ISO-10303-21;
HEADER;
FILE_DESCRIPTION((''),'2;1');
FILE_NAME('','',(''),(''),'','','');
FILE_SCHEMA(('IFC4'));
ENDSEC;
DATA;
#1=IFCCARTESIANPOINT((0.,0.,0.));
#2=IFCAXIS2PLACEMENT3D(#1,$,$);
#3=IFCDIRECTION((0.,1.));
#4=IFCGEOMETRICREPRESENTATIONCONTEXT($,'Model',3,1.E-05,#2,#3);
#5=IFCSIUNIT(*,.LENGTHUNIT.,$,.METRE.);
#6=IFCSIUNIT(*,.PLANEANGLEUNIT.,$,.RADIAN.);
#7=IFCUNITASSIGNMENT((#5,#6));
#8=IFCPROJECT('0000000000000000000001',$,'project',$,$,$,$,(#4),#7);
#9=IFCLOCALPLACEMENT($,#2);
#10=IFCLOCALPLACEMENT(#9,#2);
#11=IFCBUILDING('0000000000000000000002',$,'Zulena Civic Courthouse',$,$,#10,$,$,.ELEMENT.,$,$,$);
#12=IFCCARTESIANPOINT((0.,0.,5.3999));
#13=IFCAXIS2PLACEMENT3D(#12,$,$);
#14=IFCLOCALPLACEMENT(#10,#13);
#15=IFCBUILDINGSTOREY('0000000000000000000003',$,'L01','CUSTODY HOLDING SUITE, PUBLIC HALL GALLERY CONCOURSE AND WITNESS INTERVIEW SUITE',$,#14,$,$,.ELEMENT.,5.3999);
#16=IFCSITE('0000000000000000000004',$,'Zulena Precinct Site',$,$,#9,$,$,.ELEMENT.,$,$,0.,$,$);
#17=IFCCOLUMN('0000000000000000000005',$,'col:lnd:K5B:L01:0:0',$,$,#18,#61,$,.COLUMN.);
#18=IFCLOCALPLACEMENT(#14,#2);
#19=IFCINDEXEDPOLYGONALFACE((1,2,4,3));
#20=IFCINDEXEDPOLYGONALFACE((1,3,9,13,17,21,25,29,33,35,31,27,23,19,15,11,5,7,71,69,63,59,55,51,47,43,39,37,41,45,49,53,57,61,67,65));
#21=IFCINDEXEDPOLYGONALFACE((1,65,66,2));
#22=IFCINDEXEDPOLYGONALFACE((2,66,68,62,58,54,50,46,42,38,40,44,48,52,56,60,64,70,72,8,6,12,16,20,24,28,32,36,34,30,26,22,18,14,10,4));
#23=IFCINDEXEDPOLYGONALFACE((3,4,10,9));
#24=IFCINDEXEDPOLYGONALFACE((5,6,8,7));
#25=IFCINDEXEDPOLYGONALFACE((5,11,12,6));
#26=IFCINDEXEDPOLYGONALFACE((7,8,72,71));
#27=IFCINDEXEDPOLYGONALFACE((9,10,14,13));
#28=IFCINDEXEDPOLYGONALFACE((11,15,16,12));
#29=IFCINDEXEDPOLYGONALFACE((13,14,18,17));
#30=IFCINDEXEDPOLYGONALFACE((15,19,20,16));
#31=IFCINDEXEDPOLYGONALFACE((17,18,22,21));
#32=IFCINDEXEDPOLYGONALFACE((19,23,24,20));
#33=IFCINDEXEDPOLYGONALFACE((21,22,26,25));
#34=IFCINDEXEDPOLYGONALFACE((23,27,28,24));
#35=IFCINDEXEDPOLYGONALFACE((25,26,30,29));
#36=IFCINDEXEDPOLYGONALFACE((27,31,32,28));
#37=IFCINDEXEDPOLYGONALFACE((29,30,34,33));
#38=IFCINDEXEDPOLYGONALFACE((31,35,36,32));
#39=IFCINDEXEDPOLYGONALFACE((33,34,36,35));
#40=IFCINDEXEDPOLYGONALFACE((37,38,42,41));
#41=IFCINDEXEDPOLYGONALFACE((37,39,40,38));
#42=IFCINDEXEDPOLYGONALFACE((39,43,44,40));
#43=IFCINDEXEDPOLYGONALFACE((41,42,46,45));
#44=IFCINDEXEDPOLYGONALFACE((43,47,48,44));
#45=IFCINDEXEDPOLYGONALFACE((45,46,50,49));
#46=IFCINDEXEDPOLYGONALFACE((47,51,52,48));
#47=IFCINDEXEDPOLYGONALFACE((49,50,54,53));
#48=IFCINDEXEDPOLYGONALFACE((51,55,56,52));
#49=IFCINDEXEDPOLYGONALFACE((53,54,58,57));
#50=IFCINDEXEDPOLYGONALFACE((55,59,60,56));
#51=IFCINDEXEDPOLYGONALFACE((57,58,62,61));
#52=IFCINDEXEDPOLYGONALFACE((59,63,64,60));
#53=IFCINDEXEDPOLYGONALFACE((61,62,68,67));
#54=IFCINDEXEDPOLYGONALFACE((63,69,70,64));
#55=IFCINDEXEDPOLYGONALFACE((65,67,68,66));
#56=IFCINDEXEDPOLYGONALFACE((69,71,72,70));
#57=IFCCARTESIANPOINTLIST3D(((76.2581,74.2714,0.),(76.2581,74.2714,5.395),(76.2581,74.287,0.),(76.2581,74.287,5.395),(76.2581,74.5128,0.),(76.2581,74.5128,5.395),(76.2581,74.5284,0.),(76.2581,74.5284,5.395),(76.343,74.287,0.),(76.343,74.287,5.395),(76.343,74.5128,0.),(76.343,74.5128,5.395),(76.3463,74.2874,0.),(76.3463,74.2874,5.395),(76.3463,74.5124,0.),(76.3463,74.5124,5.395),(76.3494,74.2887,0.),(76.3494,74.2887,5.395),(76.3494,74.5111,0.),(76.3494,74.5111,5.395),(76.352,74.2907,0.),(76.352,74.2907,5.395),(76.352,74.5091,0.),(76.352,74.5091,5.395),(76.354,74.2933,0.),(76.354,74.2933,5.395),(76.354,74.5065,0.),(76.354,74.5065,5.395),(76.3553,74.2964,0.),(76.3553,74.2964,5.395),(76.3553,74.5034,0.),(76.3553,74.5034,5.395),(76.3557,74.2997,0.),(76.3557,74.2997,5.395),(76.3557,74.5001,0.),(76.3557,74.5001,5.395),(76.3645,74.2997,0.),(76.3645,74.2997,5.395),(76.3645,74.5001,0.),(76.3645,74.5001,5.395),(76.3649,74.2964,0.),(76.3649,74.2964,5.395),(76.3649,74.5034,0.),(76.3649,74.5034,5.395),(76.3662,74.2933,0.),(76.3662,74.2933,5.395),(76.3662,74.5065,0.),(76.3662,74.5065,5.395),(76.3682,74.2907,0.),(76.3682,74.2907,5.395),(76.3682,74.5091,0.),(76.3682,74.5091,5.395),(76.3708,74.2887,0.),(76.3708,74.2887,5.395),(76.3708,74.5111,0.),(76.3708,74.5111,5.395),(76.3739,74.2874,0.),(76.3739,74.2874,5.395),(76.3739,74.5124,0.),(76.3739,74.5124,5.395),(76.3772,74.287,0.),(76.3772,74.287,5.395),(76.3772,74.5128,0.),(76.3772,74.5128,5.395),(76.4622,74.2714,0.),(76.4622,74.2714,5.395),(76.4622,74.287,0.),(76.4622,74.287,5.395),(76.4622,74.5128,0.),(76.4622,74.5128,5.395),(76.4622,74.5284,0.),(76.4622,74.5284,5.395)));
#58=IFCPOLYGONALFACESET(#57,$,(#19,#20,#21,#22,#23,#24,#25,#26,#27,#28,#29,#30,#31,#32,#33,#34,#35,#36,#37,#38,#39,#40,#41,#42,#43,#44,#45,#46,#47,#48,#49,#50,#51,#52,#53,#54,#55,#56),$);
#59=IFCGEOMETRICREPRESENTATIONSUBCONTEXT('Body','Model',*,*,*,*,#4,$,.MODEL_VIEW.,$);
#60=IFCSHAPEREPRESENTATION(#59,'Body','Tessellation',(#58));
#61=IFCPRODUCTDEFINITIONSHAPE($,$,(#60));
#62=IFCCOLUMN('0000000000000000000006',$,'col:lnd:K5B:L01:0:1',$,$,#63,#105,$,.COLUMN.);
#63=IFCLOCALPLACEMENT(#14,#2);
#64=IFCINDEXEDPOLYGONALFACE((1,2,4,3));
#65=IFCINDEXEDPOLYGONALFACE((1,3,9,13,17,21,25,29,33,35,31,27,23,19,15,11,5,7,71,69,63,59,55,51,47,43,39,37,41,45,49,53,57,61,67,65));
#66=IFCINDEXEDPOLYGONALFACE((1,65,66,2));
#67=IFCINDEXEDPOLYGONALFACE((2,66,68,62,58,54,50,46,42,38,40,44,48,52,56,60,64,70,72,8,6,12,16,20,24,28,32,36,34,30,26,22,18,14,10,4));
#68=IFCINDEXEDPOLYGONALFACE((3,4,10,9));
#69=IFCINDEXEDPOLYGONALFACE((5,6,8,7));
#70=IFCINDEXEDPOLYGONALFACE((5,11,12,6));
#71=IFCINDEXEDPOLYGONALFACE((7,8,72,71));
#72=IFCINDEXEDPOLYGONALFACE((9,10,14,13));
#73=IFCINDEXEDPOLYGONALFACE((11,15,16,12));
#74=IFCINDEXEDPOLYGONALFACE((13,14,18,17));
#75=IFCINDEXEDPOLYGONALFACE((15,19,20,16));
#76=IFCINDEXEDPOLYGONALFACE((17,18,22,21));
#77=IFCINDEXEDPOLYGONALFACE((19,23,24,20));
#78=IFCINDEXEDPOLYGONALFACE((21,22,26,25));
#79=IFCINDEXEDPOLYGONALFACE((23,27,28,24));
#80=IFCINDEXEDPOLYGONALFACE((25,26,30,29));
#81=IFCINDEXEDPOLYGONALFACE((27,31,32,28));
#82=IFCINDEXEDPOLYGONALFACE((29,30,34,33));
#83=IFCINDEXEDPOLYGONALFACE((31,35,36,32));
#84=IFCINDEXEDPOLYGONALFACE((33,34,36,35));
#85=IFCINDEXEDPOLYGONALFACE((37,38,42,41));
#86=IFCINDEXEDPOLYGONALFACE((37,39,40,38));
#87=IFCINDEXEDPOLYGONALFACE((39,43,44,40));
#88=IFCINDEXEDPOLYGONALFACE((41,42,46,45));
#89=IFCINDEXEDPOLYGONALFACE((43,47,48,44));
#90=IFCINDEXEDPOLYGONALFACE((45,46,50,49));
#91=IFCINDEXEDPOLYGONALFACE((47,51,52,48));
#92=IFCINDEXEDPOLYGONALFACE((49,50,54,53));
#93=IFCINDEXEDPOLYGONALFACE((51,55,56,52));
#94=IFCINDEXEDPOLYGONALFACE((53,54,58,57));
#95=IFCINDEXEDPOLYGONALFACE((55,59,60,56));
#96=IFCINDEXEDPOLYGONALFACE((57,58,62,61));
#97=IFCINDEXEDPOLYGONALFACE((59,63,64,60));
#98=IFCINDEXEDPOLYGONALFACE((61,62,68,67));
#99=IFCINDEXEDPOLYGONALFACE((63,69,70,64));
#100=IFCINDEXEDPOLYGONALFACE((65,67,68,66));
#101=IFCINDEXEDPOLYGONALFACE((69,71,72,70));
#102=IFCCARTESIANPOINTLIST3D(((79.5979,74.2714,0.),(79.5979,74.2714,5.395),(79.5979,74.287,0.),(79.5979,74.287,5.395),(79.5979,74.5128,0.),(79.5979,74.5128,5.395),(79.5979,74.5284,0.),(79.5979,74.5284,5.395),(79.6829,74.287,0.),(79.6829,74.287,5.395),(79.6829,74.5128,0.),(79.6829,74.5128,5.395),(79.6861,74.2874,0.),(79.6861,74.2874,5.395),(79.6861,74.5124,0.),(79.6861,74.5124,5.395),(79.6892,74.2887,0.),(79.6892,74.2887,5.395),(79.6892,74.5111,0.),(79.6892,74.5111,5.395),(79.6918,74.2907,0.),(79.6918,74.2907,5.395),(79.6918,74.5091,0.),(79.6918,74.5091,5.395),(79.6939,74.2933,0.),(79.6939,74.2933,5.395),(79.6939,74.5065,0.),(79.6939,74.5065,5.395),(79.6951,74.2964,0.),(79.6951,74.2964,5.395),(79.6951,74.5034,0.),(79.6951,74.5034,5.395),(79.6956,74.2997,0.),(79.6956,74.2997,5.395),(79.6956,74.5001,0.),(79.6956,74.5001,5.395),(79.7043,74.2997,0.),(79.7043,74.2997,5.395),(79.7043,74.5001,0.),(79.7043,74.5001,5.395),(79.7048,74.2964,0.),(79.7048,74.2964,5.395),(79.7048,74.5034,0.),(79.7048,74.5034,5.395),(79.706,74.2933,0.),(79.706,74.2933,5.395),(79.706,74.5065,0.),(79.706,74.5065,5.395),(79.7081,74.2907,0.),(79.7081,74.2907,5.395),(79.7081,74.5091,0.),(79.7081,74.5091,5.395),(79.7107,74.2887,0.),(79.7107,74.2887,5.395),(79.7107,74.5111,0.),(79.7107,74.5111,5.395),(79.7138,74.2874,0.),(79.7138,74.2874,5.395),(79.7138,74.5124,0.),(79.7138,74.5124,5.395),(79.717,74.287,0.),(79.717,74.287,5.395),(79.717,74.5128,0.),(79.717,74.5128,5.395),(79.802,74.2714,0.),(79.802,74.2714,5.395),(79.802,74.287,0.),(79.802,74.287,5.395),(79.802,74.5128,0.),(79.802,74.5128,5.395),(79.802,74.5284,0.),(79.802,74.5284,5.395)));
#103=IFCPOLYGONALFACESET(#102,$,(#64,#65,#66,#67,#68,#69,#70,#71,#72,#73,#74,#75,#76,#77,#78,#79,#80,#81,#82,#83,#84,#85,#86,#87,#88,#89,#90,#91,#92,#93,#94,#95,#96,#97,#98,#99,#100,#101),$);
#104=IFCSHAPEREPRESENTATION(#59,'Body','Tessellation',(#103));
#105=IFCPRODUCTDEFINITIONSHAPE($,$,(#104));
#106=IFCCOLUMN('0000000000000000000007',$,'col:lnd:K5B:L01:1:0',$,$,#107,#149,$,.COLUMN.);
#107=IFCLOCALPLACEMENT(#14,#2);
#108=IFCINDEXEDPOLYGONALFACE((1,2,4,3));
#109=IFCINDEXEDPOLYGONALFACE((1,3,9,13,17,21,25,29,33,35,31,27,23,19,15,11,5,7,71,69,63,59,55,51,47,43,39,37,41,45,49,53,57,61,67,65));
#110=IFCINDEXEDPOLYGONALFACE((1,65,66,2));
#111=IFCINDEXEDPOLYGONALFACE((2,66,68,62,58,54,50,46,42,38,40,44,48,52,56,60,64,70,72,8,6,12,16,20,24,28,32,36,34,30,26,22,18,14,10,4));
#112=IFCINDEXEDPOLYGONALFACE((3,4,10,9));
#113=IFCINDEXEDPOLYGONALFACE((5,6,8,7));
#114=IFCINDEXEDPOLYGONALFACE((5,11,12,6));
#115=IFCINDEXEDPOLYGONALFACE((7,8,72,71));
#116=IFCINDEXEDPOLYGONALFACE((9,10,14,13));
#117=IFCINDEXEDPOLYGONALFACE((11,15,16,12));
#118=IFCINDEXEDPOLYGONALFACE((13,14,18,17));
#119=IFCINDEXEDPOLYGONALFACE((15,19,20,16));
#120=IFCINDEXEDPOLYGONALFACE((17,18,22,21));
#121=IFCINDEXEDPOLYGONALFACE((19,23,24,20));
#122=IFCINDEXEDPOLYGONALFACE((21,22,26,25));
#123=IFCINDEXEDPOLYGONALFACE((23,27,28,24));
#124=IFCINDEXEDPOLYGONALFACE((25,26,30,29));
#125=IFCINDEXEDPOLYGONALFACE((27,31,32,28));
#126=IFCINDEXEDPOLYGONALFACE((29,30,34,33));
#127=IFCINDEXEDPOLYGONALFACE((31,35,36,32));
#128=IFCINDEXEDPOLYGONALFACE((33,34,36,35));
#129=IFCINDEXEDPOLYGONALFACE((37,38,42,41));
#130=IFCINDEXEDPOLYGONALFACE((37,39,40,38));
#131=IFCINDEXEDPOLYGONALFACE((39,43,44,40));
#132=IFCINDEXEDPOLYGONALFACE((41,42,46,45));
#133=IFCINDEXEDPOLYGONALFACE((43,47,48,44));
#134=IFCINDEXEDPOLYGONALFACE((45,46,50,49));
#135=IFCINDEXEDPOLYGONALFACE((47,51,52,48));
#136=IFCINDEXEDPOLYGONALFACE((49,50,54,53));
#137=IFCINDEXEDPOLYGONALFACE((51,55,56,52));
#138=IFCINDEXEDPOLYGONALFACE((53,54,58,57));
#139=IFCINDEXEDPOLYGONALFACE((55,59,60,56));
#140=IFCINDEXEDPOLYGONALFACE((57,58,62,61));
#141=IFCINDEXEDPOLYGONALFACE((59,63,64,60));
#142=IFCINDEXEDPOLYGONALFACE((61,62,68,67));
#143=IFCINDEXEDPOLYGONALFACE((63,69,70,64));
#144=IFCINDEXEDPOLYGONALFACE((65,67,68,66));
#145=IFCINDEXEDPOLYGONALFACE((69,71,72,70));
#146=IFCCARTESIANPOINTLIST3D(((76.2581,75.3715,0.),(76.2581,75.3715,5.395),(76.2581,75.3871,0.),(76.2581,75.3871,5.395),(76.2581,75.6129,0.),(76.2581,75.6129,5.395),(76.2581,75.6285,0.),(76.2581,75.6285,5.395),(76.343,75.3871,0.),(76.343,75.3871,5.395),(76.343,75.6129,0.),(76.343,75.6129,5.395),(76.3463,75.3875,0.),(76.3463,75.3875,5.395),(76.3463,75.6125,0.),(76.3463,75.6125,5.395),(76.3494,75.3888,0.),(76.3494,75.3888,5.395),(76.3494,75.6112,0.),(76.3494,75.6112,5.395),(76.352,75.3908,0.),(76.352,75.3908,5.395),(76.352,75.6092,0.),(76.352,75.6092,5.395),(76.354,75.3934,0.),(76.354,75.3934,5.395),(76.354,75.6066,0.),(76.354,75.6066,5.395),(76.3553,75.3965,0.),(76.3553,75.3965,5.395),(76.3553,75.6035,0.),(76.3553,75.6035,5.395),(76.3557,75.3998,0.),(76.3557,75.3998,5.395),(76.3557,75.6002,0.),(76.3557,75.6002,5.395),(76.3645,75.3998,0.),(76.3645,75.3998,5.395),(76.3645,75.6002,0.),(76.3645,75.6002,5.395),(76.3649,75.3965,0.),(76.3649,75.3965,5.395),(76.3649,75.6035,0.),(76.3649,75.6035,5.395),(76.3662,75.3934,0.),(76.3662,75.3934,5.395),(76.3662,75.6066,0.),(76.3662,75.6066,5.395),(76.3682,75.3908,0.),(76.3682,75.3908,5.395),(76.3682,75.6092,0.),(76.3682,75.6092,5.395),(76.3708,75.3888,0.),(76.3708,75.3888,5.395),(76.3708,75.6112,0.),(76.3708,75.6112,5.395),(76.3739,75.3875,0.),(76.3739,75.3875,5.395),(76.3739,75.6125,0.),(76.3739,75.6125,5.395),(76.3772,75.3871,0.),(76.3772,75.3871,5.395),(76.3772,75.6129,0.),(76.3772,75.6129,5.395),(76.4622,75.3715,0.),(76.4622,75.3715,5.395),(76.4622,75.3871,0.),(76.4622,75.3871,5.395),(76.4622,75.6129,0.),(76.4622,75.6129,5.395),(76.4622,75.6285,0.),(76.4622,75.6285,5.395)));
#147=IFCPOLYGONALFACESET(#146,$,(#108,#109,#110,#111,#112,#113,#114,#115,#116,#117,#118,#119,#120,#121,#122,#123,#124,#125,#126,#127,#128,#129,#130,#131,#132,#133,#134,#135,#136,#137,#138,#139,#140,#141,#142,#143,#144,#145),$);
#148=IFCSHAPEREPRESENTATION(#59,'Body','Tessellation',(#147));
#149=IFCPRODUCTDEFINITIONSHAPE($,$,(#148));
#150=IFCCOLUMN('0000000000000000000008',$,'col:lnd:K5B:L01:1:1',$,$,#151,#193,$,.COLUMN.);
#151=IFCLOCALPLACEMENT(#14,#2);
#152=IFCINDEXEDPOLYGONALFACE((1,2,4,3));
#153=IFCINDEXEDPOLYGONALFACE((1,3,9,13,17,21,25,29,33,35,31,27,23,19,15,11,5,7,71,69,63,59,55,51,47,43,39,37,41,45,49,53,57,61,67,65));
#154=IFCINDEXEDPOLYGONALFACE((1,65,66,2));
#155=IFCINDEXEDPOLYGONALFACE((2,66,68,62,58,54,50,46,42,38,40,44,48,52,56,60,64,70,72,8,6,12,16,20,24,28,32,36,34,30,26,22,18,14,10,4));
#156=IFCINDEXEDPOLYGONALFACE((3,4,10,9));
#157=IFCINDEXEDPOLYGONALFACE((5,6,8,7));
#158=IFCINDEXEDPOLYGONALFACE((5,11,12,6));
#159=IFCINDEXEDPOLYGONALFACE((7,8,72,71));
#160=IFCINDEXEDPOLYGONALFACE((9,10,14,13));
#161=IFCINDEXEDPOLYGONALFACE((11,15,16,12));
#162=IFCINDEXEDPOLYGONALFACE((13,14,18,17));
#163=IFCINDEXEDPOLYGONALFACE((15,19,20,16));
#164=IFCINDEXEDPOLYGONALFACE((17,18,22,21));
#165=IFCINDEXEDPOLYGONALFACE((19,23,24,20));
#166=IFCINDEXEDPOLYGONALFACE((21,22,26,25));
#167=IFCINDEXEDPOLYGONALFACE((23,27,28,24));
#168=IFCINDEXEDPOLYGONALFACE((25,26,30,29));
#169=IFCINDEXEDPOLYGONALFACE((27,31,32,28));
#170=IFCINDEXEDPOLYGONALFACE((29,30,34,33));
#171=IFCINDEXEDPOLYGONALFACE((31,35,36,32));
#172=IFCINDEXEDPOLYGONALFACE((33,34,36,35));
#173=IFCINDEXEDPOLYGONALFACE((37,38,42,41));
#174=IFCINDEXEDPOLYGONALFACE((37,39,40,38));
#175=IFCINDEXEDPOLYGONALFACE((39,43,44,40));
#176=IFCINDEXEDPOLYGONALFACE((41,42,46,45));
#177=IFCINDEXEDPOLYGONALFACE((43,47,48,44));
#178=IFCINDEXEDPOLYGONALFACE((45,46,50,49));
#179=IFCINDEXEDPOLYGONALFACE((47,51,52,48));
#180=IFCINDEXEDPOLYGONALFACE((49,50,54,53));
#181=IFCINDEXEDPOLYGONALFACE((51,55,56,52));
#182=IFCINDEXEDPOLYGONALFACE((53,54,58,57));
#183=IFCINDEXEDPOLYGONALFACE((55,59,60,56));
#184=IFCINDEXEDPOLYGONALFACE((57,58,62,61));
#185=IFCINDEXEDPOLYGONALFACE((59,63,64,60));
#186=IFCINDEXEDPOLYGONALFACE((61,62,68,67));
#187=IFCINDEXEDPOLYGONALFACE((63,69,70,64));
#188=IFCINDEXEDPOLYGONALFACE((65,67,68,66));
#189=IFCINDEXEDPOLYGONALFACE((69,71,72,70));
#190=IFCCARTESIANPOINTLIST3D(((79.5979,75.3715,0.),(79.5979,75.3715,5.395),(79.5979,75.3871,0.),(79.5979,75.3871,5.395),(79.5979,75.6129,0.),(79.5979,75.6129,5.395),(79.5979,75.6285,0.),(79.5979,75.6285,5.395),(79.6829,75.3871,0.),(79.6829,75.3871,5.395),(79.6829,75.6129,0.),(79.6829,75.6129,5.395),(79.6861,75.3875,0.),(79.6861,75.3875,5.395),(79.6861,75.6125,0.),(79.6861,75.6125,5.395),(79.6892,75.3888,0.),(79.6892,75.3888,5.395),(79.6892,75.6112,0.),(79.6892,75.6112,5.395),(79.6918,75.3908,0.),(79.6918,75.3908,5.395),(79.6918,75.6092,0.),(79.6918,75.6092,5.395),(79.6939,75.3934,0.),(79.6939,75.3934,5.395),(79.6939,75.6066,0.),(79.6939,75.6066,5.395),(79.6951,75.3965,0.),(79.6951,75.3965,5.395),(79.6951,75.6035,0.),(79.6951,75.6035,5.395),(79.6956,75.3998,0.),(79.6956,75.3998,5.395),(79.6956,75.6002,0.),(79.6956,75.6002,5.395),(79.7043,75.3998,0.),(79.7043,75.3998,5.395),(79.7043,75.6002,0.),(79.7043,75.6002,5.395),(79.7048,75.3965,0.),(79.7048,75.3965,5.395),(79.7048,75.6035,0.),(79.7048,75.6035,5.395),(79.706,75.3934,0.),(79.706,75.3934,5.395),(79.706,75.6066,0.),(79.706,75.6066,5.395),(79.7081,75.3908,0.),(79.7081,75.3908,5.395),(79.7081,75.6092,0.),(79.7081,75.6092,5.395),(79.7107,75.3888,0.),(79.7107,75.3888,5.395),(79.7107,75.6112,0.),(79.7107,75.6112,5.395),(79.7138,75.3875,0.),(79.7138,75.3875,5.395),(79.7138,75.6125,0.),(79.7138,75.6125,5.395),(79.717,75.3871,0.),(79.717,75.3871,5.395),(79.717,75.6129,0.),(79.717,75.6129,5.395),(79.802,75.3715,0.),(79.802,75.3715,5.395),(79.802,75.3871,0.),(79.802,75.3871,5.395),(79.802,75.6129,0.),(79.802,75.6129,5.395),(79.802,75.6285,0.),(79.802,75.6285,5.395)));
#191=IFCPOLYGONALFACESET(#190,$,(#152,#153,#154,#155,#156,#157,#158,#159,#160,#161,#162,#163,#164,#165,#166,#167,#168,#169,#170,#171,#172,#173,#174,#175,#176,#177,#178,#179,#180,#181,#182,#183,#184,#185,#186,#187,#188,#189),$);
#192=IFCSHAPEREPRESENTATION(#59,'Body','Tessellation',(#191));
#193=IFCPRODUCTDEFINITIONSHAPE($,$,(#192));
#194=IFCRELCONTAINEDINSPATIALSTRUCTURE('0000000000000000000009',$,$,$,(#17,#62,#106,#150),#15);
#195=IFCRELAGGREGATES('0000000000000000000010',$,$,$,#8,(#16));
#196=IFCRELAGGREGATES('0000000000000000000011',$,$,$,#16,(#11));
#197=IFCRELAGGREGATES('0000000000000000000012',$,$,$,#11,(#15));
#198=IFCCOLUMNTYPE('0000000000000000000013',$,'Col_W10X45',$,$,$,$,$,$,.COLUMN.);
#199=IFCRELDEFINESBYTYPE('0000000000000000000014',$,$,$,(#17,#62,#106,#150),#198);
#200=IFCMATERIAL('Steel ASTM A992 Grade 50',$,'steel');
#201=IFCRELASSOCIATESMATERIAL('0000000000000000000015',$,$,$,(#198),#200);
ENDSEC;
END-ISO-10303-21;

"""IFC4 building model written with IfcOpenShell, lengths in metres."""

from ifc_helpers import new_model, si_unit, direction, frame, origin, origin_2d, place, context, subcontext, project, spatial, i_section, extrude, material, material_profile, profile_set, type_object, element, save


model = new_model("IFC4")

# Units and contexts
model_context = context("Model", 3, precision=1e-05, world=origin(), true_north=direction((0.0, 1.0)))
body_context = subcontext(model_context, "Body", "Model", "MODEL_VIEW")
ifc_project = project(units=[si_unit("LENGTHUNIT", "METRE"), si_unit("PLANEANGLEUNIT", "RADIAN")], contexts=[model_context])

# Site, building, storey
site_placement = place(None, origin())
site = spatial("IfcSite", under=ifc_project, at=site_placement, Name="Zulena Precinct Site", CompositionType="ELEMENT", RefElevation=0.0)
building_placement = place(site_placement, origin())
building = spatial("IfcBuilding", under=site, at=building_placement, Name="Zulena Civic Courthouse", CompositionType="ELEMENT")
storey_placement = place(building_placement, frame((0.0, 0.0, 5.3999)))
storey = spatial("IfcBuildingStorey", under=building, at=storey_placement, Name="L01", Description="CUSTODY HOLDING SUITE, PUBLIC HALL GALLERY CONCOURSE AND WITNESS INTERVIEW SUITE", CompositionType="ELEMENT", Elevation=5.3999)

# Columns
ifc_material_1 = material(Name="Steel ASTM A992 Grade 50", Category="steel")
ifc_material_profile_1 = material_profile(ifc_material_1, i_section(OverallWidth=0.2041, OverallDepth=0.2571, WebThickness=0.0088, FlangeThickness=0.0156, FilletRadius=0.0127, at=origin_2d()), Name="W10X45")
ifc_profile_set_1 = profile_set([ifc_material_profile_1], Name="Steel ASTM A992 Grade 50")
column_type_1 = type_object("IfcColumnType", Name="Col_W10X45", PredefinedType="COLUMN", material=ifc_profile_set_1)
for number, where, z_axis, x_axis, name in (
    (1, (76.3601, 74.3999, 0.0), (0.0, 0.0, 1.0), (1.0, 0.0, 0.0), "col:lnd:K5B:L01:0:0"),
    (2, (79.7, 74.3999, 0.0), (0.0, 0.0, 1.0), (1.0, 0.0, 0.0), "col:lnd:K5B:L01:0:1"),
    (3, (76.3601, 75.5, 0.0), (0.0, 0.0, 1.0), (1.0, 0.0, 0.0), "col:lnd:K5B:L01:1:0"),
    (4, (79.7, 75.5, 0.0), (0.0, 0.0, 1.0), (1.0, 0.0, 0.0), "col:lnd:K5B:L01:1:1"),
):
    element("IfcColumn", number, at=place(storey_placement, frame(where, z_axis=z_axis, x_axis=x_axis)), inside=storey, type_object=column_type_1, Name=name, PredefinedType="COLUMN", context=body_context, shape_type="SweptSolid", body=[
        extrude(i_section(OverallWidth=0.2041, OverallDepth=0.2571, WebThickness=0.0088, FlangeThickness=0.0156, FilletRadius=0.0127, at=origin_2d()), origin(), (0.0, 0.0, 1.0), 5.395),
    ])

save(model, "model.ifc")
